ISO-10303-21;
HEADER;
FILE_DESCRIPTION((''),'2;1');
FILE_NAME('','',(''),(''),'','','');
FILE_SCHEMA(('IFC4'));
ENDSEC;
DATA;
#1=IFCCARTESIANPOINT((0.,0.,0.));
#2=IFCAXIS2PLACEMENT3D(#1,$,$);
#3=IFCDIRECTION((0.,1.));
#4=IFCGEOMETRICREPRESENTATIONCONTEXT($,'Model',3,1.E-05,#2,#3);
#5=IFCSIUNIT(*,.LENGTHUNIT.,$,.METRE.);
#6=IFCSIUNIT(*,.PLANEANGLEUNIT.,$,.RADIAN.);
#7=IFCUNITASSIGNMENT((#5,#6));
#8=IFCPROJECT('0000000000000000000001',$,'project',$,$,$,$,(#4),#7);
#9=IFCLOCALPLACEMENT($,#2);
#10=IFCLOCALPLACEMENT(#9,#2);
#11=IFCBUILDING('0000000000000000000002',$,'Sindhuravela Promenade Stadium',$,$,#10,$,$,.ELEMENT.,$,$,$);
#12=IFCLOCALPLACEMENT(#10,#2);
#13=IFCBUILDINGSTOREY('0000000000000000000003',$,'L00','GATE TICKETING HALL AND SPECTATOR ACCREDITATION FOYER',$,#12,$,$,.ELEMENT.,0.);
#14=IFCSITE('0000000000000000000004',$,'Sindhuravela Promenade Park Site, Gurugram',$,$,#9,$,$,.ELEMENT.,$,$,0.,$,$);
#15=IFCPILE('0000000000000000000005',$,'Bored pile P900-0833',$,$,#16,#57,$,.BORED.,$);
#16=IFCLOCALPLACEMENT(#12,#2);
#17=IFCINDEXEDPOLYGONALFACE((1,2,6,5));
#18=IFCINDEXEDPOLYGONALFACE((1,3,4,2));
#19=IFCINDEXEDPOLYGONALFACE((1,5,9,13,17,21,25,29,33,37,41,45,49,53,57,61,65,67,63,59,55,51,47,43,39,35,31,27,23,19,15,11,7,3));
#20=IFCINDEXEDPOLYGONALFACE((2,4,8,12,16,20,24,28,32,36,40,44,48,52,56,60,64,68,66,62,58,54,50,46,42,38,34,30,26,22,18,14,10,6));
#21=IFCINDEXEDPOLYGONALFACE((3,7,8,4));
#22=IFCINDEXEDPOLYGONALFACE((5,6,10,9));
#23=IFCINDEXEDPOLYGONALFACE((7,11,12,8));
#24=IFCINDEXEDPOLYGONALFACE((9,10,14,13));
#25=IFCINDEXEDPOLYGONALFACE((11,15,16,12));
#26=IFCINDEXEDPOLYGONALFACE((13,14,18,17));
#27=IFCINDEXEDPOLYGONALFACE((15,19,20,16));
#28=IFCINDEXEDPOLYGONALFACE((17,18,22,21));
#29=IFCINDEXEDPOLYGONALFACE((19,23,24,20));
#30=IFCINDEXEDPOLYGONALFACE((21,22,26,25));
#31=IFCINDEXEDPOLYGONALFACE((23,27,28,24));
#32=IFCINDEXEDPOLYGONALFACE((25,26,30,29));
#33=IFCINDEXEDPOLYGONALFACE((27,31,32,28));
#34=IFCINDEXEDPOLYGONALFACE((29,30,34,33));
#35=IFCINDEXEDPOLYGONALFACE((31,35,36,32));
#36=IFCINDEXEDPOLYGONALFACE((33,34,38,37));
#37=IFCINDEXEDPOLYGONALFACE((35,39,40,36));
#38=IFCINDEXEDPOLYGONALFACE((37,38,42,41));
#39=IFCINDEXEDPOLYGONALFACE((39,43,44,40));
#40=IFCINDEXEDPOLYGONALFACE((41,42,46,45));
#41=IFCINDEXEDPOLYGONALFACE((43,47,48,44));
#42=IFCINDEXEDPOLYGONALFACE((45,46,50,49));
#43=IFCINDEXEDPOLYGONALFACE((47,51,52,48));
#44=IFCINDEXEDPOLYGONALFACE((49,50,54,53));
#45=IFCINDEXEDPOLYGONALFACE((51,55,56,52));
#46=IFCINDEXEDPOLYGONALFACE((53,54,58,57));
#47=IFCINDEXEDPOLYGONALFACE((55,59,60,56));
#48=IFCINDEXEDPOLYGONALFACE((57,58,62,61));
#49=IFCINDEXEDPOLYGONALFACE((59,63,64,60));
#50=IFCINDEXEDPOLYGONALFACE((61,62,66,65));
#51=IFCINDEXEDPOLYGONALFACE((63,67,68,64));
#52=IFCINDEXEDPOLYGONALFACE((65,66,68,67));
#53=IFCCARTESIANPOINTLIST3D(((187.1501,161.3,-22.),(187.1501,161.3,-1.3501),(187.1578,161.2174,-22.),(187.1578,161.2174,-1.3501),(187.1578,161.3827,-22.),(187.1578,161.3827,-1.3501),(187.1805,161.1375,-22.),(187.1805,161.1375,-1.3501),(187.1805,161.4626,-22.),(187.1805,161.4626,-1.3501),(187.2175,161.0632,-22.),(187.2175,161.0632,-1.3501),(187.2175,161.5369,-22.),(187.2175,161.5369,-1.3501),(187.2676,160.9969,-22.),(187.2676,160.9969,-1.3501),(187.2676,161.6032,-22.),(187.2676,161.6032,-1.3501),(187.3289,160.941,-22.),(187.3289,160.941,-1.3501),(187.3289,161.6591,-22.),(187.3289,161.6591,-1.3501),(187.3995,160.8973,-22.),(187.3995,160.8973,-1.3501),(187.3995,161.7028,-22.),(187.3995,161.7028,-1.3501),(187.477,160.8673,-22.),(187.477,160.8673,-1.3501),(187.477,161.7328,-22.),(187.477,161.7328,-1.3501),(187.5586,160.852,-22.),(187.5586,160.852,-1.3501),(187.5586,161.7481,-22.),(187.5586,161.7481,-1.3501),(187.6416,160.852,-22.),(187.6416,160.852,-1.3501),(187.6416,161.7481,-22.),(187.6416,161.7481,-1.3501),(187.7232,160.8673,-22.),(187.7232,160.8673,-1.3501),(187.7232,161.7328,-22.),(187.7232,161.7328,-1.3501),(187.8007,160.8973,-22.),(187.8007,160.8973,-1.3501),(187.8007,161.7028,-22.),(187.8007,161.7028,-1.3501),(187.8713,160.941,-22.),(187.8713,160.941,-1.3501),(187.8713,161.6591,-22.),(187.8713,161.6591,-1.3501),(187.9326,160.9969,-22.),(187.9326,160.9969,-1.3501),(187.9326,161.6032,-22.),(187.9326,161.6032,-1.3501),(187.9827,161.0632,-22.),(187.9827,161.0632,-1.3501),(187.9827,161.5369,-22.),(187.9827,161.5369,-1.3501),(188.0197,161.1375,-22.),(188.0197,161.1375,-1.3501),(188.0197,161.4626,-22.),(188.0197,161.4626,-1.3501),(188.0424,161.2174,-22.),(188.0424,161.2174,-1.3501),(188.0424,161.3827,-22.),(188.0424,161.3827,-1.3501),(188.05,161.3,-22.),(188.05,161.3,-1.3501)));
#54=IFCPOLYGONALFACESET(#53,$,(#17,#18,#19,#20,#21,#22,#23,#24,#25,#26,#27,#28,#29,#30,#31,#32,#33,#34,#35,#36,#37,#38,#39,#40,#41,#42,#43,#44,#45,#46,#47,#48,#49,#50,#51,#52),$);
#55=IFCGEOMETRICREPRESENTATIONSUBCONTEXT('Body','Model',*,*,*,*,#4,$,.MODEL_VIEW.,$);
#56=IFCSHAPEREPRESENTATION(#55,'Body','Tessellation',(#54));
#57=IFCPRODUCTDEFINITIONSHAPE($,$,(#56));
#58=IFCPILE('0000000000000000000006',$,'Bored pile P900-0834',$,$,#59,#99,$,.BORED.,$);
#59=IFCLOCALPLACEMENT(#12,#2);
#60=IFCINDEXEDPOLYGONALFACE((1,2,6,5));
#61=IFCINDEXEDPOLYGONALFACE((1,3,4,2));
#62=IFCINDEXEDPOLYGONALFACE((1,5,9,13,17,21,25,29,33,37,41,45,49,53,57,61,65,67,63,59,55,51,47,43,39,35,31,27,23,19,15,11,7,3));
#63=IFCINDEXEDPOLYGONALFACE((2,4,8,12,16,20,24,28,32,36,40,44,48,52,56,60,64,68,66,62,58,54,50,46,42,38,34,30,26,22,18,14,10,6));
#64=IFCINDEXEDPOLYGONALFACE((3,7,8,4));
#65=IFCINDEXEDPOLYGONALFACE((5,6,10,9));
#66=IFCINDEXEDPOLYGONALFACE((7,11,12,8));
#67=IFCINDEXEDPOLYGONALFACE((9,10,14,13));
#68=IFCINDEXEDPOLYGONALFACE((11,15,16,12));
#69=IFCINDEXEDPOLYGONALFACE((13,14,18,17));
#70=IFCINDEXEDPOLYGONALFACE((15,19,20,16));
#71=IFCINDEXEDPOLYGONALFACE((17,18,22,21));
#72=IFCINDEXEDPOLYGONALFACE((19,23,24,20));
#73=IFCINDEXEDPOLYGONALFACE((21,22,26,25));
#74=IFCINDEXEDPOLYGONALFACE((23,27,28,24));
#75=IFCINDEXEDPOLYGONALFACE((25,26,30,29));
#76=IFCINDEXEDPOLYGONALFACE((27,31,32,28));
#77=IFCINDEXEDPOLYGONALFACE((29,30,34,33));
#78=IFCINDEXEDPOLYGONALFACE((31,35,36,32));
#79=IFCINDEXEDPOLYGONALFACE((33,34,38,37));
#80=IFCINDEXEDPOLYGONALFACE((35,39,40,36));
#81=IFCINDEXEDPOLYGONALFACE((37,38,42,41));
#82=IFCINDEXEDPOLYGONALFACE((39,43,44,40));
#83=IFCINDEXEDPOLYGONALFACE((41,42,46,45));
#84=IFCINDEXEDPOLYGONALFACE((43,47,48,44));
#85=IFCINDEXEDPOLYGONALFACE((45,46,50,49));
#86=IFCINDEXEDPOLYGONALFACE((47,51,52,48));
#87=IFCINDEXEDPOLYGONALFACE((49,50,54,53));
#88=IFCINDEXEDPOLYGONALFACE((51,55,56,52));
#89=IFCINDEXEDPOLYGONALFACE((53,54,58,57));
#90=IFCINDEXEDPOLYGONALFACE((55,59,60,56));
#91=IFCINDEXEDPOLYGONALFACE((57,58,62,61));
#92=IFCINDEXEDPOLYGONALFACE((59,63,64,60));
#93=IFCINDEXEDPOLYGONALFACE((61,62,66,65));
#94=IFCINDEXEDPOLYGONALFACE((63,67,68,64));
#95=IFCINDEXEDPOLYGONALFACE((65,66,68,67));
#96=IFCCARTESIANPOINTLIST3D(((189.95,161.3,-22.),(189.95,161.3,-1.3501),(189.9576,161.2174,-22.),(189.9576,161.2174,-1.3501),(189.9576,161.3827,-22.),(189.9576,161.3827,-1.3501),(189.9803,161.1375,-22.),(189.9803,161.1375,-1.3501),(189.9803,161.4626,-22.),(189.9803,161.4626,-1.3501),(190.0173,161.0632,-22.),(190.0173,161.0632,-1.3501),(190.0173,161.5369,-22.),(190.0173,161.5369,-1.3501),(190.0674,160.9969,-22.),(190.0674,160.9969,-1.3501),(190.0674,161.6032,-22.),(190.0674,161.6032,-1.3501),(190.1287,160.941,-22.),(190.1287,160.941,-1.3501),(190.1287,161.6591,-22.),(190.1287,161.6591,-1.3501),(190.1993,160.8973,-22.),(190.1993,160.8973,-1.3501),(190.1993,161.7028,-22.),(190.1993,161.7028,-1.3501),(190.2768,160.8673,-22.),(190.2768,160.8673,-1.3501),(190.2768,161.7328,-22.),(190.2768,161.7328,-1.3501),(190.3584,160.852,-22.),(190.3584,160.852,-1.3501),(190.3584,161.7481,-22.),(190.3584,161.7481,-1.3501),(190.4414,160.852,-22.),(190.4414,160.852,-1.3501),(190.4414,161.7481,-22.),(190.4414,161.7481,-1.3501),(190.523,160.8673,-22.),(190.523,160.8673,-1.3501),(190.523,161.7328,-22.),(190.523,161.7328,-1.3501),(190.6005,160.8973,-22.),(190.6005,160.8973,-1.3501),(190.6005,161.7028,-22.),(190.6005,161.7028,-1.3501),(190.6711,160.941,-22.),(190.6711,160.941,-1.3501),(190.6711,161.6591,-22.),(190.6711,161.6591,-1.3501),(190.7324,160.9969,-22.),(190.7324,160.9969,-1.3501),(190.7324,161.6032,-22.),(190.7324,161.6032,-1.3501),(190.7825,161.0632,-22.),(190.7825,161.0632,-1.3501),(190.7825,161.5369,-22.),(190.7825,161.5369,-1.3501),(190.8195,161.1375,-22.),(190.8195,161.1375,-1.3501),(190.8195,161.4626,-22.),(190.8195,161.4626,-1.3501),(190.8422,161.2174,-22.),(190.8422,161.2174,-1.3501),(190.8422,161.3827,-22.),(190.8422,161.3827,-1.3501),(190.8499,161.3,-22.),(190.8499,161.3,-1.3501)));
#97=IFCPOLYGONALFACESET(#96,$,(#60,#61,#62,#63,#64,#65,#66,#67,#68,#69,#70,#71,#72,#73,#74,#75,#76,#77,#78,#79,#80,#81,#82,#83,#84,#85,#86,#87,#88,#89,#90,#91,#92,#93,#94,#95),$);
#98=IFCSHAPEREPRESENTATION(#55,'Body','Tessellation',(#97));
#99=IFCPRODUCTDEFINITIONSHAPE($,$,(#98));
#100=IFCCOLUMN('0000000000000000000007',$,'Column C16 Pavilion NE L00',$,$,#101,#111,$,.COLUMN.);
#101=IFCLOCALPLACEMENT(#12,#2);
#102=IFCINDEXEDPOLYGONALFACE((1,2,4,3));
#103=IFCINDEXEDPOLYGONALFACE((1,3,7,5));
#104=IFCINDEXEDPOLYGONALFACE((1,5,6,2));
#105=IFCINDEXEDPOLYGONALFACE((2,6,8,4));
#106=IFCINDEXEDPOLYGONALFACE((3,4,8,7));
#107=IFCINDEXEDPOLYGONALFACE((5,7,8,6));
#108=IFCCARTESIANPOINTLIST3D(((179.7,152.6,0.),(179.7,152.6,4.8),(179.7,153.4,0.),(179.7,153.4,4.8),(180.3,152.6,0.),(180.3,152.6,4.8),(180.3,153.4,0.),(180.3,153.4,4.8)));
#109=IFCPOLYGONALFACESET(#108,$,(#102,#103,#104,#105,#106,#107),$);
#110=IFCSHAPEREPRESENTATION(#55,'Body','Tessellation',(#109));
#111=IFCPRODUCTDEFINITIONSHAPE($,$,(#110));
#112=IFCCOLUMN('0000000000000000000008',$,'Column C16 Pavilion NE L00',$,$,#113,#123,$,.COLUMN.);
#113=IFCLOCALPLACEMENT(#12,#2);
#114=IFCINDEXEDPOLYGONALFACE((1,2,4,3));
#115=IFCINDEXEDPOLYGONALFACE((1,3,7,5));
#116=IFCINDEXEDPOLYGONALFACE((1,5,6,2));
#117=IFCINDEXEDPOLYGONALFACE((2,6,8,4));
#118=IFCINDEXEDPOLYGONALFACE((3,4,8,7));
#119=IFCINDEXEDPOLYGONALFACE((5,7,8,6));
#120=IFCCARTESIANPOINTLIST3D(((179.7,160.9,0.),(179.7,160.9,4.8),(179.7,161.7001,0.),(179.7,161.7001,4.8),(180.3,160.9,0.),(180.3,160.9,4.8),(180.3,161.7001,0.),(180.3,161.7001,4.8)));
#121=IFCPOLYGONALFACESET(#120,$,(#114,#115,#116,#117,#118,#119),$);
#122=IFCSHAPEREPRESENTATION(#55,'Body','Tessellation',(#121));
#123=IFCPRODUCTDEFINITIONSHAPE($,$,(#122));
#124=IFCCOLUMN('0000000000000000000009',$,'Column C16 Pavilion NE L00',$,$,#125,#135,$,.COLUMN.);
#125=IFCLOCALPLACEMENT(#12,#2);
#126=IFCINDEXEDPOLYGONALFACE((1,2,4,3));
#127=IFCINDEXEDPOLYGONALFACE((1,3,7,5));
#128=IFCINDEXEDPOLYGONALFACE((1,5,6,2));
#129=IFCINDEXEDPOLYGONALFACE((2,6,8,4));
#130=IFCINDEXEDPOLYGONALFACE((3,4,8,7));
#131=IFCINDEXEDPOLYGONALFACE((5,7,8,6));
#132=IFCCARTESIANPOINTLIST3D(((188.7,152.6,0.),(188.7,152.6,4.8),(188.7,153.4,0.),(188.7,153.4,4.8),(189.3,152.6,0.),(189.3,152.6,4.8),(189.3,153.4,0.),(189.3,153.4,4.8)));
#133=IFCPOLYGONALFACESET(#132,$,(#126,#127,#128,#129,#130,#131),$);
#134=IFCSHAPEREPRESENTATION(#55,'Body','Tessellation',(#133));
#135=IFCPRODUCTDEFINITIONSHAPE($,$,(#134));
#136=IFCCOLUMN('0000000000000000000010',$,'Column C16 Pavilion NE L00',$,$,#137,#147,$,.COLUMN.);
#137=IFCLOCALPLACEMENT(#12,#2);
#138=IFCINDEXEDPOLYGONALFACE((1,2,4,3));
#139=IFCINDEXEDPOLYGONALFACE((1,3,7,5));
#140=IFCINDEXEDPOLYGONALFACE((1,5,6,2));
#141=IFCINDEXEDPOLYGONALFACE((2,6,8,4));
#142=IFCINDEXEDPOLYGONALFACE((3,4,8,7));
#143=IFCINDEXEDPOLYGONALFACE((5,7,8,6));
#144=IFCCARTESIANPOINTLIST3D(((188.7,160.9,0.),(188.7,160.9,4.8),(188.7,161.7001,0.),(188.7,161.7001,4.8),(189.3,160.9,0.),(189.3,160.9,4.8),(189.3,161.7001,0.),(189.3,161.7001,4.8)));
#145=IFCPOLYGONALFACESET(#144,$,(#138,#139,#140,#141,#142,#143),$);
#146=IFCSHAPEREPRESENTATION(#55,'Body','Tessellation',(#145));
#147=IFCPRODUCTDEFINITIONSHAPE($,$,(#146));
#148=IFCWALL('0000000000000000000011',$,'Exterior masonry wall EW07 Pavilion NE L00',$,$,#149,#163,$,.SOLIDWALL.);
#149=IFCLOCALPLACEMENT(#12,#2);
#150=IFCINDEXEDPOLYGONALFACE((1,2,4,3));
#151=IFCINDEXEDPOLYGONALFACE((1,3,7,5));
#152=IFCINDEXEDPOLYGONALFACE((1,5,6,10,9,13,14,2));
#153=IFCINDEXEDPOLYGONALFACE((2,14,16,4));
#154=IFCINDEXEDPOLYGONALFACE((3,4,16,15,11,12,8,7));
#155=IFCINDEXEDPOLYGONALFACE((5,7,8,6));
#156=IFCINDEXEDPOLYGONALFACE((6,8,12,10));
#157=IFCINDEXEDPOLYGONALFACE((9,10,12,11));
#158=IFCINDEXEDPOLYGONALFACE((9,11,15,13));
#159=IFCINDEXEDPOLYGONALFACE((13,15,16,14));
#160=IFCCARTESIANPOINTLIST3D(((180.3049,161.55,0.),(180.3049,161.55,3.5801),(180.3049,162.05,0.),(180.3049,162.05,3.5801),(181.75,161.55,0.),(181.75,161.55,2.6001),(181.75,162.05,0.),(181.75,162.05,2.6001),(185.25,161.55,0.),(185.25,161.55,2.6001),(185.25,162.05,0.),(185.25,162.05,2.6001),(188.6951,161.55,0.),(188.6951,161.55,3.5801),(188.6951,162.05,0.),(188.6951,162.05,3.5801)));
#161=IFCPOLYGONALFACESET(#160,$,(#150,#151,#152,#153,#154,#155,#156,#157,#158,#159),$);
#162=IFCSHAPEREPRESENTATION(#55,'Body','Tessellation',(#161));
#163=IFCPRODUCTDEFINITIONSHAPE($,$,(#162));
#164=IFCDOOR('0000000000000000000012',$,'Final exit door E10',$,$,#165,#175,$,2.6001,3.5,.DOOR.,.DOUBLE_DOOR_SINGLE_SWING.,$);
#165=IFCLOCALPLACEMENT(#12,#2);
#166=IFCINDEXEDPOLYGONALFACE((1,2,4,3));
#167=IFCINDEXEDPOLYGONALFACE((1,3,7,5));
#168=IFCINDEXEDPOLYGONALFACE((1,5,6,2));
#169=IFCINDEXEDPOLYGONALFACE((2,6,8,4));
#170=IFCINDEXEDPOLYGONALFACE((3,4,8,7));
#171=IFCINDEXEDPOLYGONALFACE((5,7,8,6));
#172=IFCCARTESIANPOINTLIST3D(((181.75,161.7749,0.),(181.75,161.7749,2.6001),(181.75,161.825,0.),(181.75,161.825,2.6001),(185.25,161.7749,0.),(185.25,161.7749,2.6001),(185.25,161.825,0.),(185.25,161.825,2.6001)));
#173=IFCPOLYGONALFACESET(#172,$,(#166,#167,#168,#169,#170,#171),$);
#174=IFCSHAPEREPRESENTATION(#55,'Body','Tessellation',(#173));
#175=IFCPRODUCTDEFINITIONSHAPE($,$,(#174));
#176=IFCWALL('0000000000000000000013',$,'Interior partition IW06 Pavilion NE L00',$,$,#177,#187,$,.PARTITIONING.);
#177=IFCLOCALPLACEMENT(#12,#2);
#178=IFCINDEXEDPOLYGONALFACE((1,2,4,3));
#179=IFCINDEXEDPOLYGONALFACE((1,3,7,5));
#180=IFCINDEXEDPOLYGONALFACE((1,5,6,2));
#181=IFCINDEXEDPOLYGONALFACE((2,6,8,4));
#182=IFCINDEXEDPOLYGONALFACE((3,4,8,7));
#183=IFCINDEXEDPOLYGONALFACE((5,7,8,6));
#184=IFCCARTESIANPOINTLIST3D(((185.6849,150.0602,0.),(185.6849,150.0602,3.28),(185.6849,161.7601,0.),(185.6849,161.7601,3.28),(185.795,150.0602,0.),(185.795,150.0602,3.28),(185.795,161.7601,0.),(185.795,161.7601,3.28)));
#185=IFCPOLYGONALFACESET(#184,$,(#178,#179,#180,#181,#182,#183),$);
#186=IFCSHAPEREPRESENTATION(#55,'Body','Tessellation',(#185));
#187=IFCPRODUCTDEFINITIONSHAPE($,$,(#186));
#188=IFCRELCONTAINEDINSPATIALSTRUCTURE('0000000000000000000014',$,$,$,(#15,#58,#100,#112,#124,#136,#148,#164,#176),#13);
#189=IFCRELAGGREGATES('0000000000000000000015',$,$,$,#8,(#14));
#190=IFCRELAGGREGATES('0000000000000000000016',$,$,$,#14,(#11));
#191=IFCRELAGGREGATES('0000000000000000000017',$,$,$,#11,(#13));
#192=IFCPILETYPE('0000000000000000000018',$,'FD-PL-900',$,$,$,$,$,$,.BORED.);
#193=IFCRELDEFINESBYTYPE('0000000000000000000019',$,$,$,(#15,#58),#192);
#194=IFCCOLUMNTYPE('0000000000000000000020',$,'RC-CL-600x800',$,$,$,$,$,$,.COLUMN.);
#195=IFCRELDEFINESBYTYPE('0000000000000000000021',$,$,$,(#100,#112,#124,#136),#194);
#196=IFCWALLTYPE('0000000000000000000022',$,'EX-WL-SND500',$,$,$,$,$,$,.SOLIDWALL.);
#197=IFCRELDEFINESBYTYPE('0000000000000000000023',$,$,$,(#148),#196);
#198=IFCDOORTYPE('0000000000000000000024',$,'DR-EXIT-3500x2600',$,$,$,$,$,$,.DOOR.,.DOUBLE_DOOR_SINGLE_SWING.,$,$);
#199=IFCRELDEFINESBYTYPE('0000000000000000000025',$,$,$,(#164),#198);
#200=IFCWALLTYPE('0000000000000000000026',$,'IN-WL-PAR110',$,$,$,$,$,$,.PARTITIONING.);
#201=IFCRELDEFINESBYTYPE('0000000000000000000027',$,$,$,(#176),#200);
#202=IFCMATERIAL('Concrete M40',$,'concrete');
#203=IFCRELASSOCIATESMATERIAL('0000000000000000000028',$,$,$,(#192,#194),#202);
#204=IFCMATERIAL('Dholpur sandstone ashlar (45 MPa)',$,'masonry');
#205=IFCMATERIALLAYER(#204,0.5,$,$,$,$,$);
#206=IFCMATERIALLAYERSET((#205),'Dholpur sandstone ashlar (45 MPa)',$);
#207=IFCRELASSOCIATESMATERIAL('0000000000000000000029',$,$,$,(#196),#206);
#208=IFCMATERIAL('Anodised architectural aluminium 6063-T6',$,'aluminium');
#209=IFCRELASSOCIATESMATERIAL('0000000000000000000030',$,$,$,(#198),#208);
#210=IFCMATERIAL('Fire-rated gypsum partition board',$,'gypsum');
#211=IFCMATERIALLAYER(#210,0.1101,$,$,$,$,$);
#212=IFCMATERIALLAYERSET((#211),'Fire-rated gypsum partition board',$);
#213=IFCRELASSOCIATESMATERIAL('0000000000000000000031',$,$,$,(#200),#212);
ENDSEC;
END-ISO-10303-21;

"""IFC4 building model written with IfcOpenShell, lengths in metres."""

from ifc_helpers import new_model, si_unit, direction, frame, frame_2d, origin, origin_2d, place, context, subcontext, project, spatial, rectangle, circle, extrude, material, layer, layer_set, material_profile, profile_set, type_object, element, fill, save


model = new_model("IFC4")

# Units and contexts
model_context = context("Model", 3, precision=1e-05, world=origin(), true_north=direction((0.0, 1.0)))
body_context = subcontext(model_context, "Body", "Model", "MODEL_VIEW")
ifc_project = project(units=[si_unit("LENGTHUNIT", "METRE"), si_unit("PLANEANGLEUNIT", "RADIAN")], contexts=[model_context])

# Site, building, storey
site_placement = place(None, origin())
site = spatial("IfcSite", under=ifc_project, at=site_placement, Name="Sindhuravela Promenade Park Site, Gurugram", CompositionType="ELEMENT", RefElevation=0.0)
building_placement = place(site_placement, origin())
building = spatial("IfcBuilding", under=site, at=building_placement, Name="Sindhuravela Promenade Stadium", CompositionType="ELEMENT")
storey_placement = place(building_placement, origin())
storey = spatial("IfcBuildingStorey", under=building, at=storey_placement, Name="L00", Description="GATE TICKETING HALL AND SPECTATOR ACCREDITATION FOYER", CompositionType="ELEMENT", Elevation=0.0)

# Piles
ifc_material_1 = material(Name="Concrete M40", Category="concrete")
ifc_material_profile_1 = material_profile(ifc_material_1, circle(Radius=0.45, at=origin_2d()), Name="BORED PILE D900")
ifc_profile_set_1 = profile_set([ifc_material_profile_1], Name="Concrete M40")
pile_type_1 = type_object("IfcPileType", Name="FD-PL-900", PredefinedType="BORED", material=ifc_profile_set_1)
for number, where, z_axis, x_axis, name in (
    (1, (187.6001, 161.3, -1.3501), (0.0, 0.0, -1.0), (1.0, 0.0, 0.0), "Bored pile P900-0833"),
    (2, (190.3999, 161.3, -1.3501), (0.0, 0.0, -1.0), (1.0, 0.0, 0.0), "Bored pile P900-0834"),
):
    element("IfcPile", number, at=place(storey_placement, frame(where, z_axis=z_axis, x_axis=x_axis)), inside=storey, type_object=pile_type_1, Name=name, PredefinedType="BORED", context=body_context, shape_type="SweptSolid", body=[
        extrude(circle(Radius=0.45, at=origin_2d()), origin(), (0.0, 0.0, 1.0), 20.6499),
    ])

# Columns
ifc_material_profile_2 = material_profile(ifc_material_1, rectangle(XDim=0.6001, YDim=0.8, at=origin_2d()), Name="RC 600x800")
ifc_profile_set_2 = profile_set([ifc_material_profile_2], Name="Concrete M40")
column_type = type_object("IfcColumnType", Name="RC-CL-600x800", PredefinedType="COLUMN", material=ifc_profile_set_2)
for number, where, z_axis, x_axis, name in (
    (3, (180.0, 153.0, 0.0), (0.0, 0.0, 1.0), (1.0, 0.0, 0.0), "Column C16 Pavilion NE L00"),
    (4, (180.0, 161.3, 0.0), (0.0, 0.0, 1.0), (1.0, 0.0, 0.0), "Column C16 Pavilion NE L00"),
    (5, (189.0, 153.0, 0.0), (0.0, 0.0, 1.0), (1.0, 0.0, 0.0), "Column C16 Pavilion NE L00"),
    (6, (189.0, 161.3, 0.0), (0.0, 0.0, 1.0), (1.0, 0.0, 0.0), "Column C16 Pavilion NE L00"),
):
    element("IfcColumn", number, at=place(storey_placement, frame(where, z_axis=z_axis, x_axis=x_axis)), inside=storey, type_object=column_type, Name=name, PredefinedType="COLUMN", context=body_context, shape_type="SweptSolid", body=[
        extrude(rectangle(XDim=0.6001, YDim=0.8, at=origin_2d()), origin(), (0.0, 0.0, 1.0), 4.8),
    ])

# Wall, opening, door
ifc_material_2 = material(Name="Dholpur sandstone ashlar (45 MPa)", Category="masonry")
ifc_layer_1 = layer(ifc_material_2, 0.5)
ifc_layer_set_1 = layer_set([ifc_layer_1], Name="Dholpur sandstone ashlar (45 MPa)")
wall_type_1 = type_object("IfcWallType", Name="EX-WL-SND500", PredefinedType="SOLIDWALL", material=ifc_layer_set_1)
wall_1_placement = place(storey_placement, frame((180.3049, 161.8, 0.0), z_axis=(0.0, 0.0, 1.0), x_axis=(1.0, 0.0, 0.0)))
wall_1 = element("IfcWall", 7, at=wall_1_placement, inside=storey, type_object=wall_type_1, Name="Exterior masonry wall EW07 Pavilion NE L00", PredefinedType="SOLIDWALL", context=body_context, shape_type="SweptSolid", body=[
    extrude(rectangle(XDim=8.3901, YDim=0.5, at=frame_2d((4.1951, 0.0))), origin(), (0.0, 0.0, 1.0), 3.5801),
])
opening_1_placement = place(wall_1_placement, frame((1.4451, 0.0, 0.0)))
opening_1 = element("IfcOpeningElement", 8, at=opening_1_placement, cuts=wall_1, PredefinedType="OPENING", context=body_context, shape_type="SweptSolid", body=[
    extrude(rectangle(XDim=3.5, YDim=2.6001, at=frame_2d((1.75, 1.3))), frame((0.0, 0.26, 0.0), z_axis=(0.0, -1.0, 0.0), x_axis=(1.0, 0.0, 0.0)), (0.0, 0.0, 1.0), 0.52),
])
ifc_material_3 = material(Name="Anodised architectural aluminium 6063-T6", Category="aluminium")
door_type_1 = type_object("IfcDoorType", Name="DR-EXIT-3500x2600", OperationType="DOUBLE_DOOR_SINGLE_SWING", PredefinedType="DOOR", material=ifc_material_3)
door_1_placement = place(opening_1_placement, origin())
door_1 = element("IfcDoor", 9, at=door_1_placement, inside=storey, type_object=door_type_1, Name="Final exit door E10", OperationType="DOUBLE_DOOR_SINGLE_SWING", OverallHeight=2.6001, OverallWidth=3.5, PredefinedType="DOOR", context=body_context, shape_type="SweptSolid", body=[
    extrude(rectangle(XDim=3.5, YDim=2.6001, at=frame_2d((1.75, 1.3))), frame((0.0, 0.0249, 0.0), z_axis=(0.0, -1.0, 0.0), x_axis=(1.0, 0.0, 0.0)), (0.0, 0.0, 1.0), 0.05),
])
fill(opening_1, door_1)

# Wall
ifc_material_4 = material(Name="Fire-rated gypsum partition board", Category="gypsum")
ifc_layer_2 = layer(ifc_material_4, 0.1101)
ifc_layer_set_2 = layer_set([ifc_layer_2], Name="Fire-rated gypsum partition board")
wall_type_2 = type_object("IfcWallType", Name="IN-WL-PAR110", PredefinedType="PARTITIONING", material=ifc_layer_set_2)
wall_2_placement = place(storey_placement, frame((185.74, 150.0601, 0.0), z_axis=(0.0, 0.0, 1.0), x_axis=(0.0, 1.0, 0.0)))
element("IfcWall", 10, at=wall_2_placement, inside=storey, type_object=wall_type_2, Name="Interior partition IW06 Pavilion NE L00", PredefinedType="PARTITIONING", context=body_context, shape_type="SweptSolid", body=[
    extrude(rectangle(XDim=11.7, YDim=0.1101, at=frame_2d((5.8501, 0.0))), origin(), (0.0, 0.0, 1.0), 3.28),
])

save(model, "model.ifc")
